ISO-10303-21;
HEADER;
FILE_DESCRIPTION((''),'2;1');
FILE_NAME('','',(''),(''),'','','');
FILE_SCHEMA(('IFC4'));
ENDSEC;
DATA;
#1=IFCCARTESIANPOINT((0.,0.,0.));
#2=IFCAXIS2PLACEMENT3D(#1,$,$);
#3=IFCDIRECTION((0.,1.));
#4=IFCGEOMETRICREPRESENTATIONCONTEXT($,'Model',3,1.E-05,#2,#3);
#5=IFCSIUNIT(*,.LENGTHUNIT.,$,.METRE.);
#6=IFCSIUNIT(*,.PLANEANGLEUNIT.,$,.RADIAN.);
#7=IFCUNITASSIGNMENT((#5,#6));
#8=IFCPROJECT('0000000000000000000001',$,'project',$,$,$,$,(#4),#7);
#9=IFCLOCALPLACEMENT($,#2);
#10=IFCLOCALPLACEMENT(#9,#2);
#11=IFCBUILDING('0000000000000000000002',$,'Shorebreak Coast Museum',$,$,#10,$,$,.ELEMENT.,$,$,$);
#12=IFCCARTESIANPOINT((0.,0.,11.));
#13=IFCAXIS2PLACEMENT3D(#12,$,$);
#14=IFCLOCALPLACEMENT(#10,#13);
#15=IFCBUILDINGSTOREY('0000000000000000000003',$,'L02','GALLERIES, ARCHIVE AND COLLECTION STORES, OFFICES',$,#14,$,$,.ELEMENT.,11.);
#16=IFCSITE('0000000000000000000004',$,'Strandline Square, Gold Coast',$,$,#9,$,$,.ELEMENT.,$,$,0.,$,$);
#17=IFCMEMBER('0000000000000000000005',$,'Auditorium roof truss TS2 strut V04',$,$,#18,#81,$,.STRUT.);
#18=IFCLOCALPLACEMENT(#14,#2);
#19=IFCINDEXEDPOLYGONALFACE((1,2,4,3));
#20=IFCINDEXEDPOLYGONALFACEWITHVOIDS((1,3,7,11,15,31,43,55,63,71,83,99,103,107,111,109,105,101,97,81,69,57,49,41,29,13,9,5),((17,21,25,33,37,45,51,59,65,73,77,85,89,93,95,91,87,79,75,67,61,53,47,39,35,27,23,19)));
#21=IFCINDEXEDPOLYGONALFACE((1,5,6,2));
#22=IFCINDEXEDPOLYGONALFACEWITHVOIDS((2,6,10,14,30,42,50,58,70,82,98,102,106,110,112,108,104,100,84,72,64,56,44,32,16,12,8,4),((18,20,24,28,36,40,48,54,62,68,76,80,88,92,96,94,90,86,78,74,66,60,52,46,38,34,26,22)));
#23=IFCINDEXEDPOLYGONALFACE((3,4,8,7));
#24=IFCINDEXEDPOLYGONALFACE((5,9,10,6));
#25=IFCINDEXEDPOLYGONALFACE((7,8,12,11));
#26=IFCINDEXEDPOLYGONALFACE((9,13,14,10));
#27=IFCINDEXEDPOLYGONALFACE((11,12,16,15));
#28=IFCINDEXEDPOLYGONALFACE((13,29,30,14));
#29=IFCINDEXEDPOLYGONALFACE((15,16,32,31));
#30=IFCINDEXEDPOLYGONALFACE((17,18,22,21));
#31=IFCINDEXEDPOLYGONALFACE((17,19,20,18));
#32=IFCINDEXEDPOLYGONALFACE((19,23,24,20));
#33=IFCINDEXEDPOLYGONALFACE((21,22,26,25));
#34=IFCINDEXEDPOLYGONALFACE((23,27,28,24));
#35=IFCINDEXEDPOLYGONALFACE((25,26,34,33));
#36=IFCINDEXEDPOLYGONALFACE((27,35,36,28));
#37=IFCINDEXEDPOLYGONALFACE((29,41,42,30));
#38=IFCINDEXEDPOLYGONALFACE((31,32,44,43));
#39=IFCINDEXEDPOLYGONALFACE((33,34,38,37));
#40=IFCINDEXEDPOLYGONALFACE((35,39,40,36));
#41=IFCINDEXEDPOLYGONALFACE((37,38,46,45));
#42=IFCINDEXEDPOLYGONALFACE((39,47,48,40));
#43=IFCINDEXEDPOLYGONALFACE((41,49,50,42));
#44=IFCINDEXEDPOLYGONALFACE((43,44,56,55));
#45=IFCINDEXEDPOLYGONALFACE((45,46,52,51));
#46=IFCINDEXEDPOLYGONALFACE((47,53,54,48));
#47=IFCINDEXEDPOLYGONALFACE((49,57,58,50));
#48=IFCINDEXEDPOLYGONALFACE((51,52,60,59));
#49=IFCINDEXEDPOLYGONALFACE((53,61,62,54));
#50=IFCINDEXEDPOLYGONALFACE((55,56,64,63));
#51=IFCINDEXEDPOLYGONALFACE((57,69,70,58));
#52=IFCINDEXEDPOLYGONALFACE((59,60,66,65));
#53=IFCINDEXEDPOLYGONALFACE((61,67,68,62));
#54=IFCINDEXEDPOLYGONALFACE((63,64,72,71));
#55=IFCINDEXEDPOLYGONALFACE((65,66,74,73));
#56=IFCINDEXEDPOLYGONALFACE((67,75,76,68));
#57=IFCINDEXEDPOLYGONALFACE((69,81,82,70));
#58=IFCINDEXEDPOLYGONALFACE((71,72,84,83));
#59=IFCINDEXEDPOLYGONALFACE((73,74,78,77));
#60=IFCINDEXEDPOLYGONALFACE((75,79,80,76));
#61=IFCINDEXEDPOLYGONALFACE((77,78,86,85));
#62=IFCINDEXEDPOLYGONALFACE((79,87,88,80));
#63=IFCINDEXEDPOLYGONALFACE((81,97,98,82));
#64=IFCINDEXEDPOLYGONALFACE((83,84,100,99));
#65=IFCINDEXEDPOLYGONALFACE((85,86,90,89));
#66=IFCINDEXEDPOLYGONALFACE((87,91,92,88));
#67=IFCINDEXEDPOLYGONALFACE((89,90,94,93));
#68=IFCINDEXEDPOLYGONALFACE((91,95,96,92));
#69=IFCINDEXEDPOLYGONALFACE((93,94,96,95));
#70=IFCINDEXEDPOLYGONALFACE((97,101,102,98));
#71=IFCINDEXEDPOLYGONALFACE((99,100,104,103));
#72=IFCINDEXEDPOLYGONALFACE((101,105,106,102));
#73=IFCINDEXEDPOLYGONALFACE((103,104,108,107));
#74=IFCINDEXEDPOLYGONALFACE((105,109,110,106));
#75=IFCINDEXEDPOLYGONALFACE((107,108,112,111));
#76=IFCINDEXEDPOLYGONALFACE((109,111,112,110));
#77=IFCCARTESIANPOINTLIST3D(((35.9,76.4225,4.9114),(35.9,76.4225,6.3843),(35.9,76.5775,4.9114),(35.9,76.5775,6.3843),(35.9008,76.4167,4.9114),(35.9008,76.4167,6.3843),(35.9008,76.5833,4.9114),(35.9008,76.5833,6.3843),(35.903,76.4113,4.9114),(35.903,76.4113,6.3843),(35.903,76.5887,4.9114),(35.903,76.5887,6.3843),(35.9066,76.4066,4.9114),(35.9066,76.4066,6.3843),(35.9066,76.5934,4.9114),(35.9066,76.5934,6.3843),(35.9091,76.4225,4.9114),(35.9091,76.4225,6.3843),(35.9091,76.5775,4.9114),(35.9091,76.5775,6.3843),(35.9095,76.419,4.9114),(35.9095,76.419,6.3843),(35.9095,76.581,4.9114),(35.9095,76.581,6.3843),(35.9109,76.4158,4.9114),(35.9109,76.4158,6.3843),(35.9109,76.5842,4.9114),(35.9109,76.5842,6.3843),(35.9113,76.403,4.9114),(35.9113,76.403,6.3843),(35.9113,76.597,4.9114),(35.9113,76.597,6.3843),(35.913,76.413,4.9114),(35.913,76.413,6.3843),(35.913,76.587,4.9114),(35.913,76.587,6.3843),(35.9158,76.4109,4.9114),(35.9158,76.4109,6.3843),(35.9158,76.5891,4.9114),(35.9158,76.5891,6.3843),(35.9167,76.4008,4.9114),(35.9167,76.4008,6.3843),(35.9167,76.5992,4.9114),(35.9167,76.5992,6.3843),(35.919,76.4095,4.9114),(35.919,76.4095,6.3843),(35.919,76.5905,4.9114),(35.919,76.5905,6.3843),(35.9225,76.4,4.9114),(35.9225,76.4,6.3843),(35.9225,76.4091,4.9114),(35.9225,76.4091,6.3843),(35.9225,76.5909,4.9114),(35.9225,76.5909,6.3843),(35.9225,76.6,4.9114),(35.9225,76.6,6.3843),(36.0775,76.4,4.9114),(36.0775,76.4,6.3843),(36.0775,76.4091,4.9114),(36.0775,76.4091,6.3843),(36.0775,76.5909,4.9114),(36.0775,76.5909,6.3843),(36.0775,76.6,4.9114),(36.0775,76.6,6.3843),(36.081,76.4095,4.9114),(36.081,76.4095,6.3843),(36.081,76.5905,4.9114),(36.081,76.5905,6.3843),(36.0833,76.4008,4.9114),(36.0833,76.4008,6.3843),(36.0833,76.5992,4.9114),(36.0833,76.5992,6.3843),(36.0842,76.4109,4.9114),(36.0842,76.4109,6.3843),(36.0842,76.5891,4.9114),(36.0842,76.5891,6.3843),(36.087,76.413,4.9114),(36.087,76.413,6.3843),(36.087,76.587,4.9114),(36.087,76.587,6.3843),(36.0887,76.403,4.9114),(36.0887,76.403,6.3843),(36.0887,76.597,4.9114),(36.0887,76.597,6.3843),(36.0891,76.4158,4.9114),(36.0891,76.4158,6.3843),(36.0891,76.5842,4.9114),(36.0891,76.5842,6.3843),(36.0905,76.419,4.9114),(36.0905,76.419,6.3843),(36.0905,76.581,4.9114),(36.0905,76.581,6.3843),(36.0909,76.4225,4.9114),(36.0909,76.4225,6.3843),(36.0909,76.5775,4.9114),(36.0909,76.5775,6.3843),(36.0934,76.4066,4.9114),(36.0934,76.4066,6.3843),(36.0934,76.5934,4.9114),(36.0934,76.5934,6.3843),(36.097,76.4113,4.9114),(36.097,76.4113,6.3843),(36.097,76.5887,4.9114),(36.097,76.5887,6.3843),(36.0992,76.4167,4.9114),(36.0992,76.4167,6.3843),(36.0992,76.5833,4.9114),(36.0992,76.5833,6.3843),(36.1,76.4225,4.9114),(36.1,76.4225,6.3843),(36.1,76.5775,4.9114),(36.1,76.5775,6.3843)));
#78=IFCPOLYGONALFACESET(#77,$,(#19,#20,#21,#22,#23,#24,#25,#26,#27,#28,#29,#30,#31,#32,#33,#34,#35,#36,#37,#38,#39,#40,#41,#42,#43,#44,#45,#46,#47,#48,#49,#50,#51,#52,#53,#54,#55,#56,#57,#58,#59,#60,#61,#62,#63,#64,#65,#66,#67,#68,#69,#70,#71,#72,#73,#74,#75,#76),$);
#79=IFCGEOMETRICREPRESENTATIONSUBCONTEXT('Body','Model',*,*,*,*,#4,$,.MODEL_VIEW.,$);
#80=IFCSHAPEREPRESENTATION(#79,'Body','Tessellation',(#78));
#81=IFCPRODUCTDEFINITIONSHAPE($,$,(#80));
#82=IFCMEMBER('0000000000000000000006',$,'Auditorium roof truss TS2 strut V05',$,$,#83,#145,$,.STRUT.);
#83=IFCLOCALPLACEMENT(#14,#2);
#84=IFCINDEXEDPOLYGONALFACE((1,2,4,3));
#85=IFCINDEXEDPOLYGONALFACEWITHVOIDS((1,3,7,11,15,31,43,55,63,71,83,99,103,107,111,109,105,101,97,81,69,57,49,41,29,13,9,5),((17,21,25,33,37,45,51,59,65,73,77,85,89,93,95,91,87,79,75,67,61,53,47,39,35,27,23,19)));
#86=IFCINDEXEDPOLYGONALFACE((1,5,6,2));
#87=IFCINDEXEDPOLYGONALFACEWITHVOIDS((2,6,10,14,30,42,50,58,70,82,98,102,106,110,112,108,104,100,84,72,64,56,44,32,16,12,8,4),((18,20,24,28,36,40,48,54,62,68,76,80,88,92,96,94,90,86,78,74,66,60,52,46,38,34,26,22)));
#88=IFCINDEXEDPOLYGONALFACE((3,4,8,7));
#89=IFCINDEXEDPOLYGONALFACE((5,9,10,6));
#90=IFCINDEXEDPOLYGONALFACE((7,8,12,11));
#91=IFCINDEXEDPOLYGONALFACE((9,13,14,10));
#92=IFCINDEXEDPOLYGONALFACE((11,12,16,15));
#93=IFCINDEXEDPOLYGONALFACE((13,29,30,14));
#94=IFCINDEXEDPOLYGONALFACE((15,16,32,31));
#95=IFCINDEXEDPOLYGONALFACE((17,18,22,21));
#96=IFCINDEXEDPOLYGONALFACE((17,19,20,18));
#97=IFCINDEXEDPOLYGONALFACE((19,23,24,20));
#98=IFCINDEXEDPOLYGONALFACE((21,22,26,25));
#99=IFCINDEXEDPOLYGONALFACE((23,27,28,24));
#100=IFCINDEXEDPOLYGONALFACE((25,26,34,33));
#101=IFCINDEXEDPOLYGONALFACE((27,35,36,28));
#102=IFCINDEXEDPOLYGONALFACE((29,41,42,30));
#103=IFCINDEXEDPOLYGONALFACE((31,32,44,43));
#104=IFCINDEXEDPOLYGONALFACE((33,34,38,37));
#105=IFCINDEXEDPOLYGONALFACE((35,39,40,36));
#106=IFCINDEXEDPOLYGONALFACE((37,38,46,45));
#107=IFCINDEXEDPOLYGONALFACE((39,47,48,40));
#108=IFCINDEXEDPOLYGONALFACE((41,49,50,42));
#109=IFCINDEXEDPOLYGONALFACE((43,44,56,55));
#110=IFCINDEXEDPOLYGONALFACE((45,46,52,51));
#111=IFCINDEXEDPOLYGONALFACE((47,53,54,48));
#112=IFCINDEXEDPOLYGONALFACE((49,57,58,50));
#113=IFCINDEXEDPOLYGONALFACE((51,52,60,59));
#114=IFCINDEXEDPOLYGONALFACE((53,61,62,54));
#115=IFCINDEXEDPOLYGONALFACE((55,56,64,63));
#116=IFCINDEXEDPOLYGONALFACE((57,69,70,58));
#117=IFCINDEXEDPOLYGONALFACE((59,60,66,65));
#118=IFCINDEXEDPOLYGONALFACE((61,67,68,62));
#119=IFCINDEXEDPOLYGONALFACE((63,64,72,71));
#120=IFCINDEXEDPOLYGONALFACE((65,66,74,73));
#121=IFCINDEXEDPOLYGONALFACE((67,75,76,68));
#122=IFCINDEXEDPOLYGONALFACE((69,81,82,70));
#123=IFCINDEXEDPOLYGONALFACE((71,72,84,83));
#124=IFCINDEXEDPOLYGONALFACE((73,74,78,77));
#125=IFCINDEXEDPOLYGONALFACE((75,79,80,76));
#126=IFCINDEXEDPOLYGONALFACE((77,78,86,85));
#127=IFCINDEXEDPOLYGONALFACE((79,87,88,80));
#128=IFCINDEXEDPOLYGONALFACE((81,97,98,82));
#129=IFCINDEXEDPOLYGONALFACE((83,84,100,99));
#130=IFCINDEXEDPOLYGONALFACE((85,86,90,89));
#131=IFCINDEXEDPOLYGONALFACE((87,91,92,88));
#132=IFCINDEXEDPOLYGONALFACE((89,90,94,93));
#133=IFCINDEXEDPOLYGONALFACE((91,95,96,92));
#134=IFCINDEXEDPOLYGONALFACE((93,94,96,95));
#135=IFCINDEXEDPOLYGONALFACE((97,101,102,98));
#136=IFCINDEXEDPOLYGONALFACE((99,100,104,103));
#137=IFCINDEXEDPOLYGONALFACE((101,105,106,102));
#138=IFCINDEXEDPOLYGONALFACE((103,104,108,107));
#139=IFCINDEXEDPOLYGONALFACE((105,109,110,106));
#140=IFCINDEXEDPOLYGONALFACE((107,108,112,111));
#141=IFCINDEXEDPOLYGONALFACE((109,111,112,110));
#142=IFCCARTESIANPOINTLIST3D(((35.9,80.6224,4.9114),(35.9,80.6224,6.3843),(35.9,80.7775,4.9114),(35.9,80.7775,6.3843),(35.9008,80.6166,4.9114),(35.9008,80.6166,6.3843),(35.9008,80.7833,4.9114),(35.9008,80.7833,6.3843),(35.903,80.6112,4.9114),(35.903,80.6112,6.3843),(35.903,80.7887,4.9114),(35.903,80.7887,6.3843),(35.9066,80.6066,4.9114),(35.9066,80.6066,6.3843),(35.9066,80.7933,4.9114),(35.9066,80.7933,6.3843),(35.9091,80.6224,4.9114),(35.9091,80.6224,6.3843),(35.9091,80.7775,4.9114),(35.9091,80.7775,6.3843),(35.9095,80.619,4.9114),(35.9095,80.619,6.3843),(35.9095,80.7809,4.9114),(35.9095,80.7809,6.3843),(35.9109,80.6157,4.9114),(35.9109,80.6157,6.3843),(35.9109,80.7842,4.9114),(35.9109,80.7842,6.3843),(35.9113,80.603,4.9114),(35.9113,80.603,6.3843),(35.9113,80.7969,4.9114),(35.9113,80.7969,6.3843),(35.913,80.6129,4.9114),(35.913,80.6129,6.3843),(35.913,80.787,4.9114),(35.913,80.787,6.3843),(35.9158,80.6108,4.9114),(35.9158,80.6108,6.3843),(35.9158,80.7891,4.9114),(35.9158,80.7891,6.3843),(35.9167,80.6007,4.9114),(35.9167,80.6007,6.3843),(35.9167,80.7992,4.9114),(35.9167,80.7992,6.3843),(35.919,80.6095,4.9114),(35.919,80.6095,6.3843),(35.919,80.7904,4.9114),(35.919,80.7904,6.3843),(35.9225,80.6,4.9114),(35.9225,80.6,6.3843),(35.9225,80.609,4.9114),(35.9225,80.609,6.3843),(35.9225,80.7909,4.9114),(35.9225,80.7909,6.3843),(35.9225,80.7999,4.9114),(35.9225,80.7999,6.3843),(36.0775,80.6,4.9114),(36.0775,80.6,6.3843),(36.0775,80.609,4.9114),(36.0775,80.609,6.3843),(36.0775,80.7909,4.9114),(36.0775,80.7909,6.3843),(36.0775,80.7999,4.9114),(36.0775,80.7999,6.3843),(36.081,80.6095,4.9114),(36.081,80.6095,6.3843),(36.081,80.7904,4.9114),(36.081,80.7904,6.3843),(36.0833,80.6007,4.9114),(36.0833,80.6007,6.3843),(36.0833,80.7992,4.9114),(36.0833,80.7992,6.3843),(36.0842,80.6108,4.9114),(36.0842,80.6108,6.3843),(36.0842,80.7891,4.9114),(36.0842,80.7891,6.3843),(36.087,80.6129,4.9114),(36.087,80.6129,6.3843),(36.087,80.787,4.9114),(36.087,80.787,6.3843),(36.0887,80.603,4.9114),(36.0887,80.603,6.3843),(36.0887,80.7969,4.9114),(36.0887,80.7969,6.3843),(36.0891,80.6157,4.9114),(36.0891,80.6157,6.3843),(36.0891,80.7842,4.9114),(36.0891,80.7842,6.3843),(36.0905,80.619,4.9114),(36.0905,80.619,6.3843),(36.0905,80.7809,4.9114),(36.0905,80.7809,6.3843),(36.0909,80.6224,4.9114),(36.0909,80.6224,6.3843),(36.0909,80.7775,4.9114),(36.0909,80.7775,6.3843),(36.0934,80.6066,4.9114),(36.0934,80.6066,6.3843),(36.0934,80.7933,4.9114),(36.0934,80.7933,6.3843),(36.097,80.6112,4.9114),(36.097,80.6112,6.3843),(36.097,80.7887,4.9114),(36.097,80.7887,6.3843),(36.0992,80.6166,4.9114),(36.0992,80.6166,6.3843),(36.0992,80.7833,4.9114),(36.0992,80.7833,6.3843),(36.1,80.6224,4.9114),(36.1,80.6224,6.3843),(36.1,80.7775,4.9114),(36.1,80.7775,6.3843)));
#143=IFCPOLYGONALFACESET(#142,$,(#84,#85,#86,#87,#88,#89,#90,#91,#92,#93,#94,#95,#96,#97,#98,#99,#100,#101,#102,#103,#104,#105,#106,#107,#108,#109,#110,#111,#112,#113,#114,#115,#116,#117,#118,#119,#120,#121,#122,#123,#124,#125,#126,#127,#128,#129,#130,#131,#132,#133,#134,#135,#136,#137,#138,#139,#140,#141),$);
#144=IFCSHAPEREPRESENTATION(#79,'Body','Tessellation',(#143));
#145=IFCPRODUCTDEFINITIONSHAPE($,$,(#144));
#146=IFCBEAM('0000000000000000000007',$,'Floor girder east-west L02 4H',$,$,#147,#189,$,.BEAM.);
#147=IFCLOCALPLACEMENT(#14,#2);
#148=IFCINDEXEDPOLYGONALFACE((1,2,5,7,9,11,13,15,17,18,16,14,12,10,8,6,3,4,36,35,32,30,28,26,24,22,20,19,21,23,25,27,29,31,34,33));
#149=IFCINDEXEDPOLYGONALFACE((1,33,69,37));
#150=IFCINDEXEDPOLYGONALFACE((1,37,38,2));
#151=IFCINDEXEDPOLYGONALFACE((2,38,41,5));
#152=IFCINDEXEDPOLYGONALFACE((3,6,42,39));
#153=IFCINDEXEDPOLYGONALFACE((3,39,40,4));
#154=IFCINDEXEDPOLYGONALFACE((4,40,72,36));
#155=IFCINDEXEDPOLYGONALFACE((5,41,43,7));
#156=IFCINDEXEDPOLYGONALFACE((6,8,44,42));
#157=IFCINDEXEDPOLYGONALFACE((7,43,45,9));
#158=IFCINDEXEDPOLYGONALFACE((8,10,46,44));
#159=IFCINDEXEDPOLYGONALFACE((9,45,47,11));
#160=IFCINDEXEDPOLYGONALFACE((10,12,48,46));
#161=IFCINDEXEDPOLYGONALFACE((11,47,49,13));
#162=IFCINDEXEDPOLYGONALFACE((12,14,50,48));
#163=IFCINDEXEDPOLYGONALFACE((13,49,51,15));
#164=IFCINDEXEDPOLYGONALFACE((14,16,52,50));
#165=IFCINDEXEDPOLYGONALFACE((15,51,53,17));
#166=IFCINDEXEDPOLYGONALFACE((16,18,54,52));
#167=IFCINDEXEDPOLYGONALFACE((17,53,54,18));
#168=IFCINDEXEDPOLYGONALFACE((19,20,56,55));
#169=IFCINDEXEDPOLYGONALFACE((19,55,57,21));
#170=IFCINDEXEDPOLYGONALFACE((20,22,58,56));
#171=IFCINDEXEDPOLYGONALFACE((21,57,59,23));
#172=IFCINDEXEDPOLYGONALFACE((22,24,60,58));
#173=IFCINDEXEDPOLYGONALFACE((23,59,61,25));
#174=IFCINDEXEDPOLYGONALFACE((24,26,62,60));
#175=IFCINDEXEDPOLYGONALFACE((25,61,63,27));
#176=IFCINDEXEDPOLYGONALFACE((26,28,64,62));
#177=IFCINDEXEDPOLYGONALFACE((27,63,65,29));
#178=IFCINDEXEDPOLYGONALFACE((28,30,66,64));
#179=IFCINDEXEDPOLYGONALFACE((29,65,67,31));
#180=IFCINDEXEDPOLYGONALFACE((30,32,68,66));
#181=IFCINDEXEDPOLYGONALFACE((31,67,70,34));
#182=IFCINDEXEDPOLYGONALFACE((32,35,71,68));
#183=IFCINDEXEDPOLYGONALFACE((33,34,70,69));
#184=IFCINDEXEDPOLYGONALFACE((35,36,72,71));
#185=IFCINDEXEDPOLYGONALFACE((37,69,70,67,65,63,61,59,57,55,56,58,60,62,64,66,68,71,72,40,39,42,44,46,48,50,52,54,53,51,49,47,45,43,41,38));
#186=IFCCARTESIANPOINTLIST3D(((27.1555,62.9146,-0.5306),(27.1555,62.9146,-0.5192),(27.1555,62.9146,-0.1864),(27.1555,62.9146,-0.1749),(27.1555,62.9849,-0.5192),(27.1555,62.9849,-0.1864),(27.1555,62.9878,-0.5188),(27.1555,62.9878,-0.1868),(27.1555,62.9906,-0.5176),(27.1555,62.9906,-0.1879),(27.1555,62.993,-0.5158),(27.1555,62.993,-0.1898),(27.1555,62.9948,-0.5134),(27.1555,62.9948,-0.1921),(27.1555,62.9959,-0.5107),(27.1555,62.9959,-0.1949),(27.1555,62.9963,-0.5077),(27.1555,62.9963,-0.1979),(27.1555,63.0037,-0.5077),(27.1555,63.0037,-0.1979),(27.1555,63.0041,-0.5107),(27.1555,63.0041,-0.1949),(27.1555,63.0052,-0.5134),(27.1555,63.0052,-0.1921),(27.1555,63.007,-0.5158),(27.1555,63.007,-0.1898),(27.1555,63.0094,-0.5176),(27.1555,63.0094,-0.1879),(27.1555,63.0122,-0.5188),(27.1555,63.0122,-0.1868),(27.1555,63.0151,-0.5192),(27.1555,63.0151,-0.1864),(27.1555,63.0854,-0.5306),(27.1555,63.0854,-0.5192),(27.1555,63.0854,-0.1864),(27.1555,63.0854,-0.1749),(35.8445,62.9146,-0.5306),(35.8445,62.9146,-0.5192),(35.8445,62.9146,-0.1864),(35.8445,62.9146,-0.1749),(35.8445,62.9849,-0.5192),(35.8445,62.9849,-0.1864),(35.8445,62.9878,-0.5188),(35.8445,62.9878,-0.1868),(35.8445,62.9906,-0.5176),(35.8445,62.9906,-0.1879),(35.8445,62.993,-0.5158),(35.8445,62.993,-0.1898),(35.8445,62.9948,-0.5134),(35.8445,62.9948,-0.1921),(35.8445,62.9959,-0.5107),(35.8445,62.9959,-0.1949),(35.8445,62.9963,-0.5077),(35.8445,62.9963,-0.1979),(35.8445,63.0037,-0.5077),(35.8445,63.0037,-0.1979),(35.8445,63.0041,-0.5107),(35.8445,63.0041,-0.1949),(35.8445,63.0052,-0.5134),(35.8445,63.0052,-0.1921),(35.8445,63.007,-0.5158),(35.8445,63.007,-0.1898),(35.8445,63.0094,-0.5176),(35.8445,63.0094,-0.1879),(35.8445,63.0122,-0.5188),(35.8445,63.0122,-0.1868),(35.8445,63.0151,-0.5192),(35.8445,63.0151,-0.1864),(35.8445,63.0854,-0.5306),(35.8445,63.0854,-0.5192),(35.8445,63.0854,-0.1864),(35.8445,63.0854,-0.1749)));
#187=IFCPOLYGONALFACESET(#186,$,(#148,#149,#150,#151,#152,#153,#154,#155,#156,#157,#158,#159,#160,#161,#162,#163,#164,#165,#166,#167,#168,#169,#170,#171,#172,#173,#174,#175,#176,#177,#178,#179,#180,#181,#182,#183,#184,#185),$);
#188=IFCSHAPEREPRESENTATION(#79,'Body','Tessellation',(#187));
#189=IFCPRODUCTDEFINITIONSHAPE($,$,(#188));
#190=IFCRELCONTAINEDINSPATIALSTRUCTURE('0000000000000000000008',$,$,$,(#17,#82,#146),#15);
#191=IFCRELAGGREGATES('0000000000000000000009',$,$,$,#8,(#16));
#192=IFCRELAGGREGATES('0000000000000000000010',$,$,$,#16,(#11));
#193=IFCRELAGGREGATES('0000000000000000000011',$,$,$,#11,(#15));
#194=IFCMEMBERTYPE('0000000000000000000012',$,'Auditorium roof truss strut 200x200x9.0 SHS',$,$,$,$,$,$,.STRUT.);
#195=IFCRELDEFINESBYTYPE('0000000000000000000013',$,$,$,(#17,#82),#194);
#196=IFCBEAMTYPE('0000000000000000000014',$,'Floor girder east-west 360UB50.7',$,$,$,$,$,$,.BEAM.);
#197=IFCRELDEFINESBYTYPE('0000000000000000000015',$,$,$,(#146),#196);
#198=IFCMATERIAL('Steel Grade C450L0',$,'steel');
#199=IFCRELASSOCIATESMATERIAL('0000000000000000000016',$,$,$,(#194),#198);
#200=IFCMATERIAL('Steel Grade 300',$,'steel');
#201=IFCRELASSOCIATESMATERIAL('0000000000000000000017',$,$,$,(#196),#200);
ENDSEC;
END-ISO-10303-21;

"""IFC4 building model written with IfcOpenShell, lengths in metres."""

from ifc_helpers import new_model, si_unit, direction, frame, origin, origin_2d, place, context, subcontext, project, spatial, hollow_rectangle, i_section, extrude, material, material_profile, profile_set, type_object, element, save


model = new_model("IFC4")

# Units and contexts
model_context = context("Model", 3, precision=1e-05, world=origin(), true_north=direction((0.0, 1.0)))
body_context = subcontext(model_context, "Body", "Model", "MODEL_VIEW")
ifc_project = project(units=[si_unit("LENGTHUNIT", "METRE"), si_unit("PLANEANGLEUNIT", "RADIAN")], contexts=[model_context])

# Site, building, storey
site_placement = place(None, origin())
site = spatial("IfcSite", under=ifc_project, at=site_placement, Name="Strandline Square, Gold Coast", CompositionType="ELEMENT", RefElevation=0.0)
building_placement = place(site_placement, origin())
building = spatial("IfcBuilding", under=site, at=building_placement, Name="Shorebreak Coast Museum", CompositionType="ELEMENT")
storey_placement = place(building_placement, frame((0.0, 0.0, 11.0)))
storey = spatial("IfcBuildingStorey", under=building, at=storey_placement, Name="L02", Description="GALLERIES, ARCHIVE AND COLLECTION STORES, OFFICES", CompositionType="ELEMENT", Elevation=11.0)

# Members
ifc_material_1 = material(Name="Steel Grade C450L0", Category="steel")
ifc_material_profile_1 = material_profile(ifc_material_1, hollow_rectangle(XDim=0.2, YDim=0.2, WallThickness=0.009, InnerFilletRadius=0.0134, OuterFilletRadius=0.0225, at=origin_2d()), Name="200x200x9.0 SHS")
ifc_profile_set_1 = profile_set([ifc_material_profile_1], Name="Steel Grade C450L0")
member_type_1 = type_object("IfcMemberType", Name="Auditorium roof truss strut 200x200x9.0 SHS", PredefinedType="STRUT", material=ifc_profile_set_1)
for number, where, z_axis, x_axis, name in (
    (1, (36.0, 76.5, 4.9114), (0.0, 0.0, 1.0), (1.0, 0.0, 0.0), "Auditorium roof truss TS2 strut V04"),
    (2, (36.0, 80.7, 4.9114), (0.0, 0.0, 1.0), (1.0, 0.0, 0.0), "Auditorium roof truss TS2 strut V05"),
):
    element("IfcMember", number, at=place(storey_placement, frame(where, z_axis=z_axis, x_axis=x_axis)), inside=storey, type_object=member_type_1, Name=name, PredefinedType="STRUT", context=body_context, shape_type="SweptSolid", body=[
        extrude(hollow_rectangle(XDim=0.2, YDim=0.2, WallThickness=0.009, InnerFilletRadius=0.0134, OuterFilletRadius=0.0225, at=origin_2d()), origin(), (0.0, 0.0, 1.0), 1.4729),
    ])

# Beam
ifc_material_2 = material(Name="Steel Grade 300", Category="steel")
ifc_material_profile_2 = material_profile(ifc_material_2, i_section(OverallWidth=0.1709, OverallDepth=0.3557, WebThickness=0.0073, FlangeThickness=0.0115, FilletRadius=0.0115, at=origin_2d()), Name="360UB50.7")
ifc_profile_set_2 = profile_set([ifc_material_profile_2], Name="Steel Grade 300")
beam_type_1 = type_object("IfcBeamType", Name="Floor girder east-west 360UB50.7", PredefinedType="BEAM", material=ifc_profile_set_2)
for number, where, z_axis, x_axis, name in (
    (3, (27.1555, 63.0, -0.3528), (1.0, 0.0, 0.0), (0.0, 1.0, 0.0), "Floor girder east-west L02 4H"),
):
    element("IfcBeam", number, at=place(storey_placement, frame(where, z_axis=z_axis, x_axis=x_axis)), inside=storey, type_object=beam_type_1, Name=name, PredefinedType="BEAM", context=body_context, shape_type="SweptSolid", body=[
        extrude(i_section(OverallWidth=0.1709, OverallDepth=0.3557, WebThickness=0.0073, FlangeThickness=0.0115, FilletRadius=0.0115, at=origin_2d()), origin(), (0.0, 0.0, 1.0), 8.689),
    ])

save(model, "model.ifc")
